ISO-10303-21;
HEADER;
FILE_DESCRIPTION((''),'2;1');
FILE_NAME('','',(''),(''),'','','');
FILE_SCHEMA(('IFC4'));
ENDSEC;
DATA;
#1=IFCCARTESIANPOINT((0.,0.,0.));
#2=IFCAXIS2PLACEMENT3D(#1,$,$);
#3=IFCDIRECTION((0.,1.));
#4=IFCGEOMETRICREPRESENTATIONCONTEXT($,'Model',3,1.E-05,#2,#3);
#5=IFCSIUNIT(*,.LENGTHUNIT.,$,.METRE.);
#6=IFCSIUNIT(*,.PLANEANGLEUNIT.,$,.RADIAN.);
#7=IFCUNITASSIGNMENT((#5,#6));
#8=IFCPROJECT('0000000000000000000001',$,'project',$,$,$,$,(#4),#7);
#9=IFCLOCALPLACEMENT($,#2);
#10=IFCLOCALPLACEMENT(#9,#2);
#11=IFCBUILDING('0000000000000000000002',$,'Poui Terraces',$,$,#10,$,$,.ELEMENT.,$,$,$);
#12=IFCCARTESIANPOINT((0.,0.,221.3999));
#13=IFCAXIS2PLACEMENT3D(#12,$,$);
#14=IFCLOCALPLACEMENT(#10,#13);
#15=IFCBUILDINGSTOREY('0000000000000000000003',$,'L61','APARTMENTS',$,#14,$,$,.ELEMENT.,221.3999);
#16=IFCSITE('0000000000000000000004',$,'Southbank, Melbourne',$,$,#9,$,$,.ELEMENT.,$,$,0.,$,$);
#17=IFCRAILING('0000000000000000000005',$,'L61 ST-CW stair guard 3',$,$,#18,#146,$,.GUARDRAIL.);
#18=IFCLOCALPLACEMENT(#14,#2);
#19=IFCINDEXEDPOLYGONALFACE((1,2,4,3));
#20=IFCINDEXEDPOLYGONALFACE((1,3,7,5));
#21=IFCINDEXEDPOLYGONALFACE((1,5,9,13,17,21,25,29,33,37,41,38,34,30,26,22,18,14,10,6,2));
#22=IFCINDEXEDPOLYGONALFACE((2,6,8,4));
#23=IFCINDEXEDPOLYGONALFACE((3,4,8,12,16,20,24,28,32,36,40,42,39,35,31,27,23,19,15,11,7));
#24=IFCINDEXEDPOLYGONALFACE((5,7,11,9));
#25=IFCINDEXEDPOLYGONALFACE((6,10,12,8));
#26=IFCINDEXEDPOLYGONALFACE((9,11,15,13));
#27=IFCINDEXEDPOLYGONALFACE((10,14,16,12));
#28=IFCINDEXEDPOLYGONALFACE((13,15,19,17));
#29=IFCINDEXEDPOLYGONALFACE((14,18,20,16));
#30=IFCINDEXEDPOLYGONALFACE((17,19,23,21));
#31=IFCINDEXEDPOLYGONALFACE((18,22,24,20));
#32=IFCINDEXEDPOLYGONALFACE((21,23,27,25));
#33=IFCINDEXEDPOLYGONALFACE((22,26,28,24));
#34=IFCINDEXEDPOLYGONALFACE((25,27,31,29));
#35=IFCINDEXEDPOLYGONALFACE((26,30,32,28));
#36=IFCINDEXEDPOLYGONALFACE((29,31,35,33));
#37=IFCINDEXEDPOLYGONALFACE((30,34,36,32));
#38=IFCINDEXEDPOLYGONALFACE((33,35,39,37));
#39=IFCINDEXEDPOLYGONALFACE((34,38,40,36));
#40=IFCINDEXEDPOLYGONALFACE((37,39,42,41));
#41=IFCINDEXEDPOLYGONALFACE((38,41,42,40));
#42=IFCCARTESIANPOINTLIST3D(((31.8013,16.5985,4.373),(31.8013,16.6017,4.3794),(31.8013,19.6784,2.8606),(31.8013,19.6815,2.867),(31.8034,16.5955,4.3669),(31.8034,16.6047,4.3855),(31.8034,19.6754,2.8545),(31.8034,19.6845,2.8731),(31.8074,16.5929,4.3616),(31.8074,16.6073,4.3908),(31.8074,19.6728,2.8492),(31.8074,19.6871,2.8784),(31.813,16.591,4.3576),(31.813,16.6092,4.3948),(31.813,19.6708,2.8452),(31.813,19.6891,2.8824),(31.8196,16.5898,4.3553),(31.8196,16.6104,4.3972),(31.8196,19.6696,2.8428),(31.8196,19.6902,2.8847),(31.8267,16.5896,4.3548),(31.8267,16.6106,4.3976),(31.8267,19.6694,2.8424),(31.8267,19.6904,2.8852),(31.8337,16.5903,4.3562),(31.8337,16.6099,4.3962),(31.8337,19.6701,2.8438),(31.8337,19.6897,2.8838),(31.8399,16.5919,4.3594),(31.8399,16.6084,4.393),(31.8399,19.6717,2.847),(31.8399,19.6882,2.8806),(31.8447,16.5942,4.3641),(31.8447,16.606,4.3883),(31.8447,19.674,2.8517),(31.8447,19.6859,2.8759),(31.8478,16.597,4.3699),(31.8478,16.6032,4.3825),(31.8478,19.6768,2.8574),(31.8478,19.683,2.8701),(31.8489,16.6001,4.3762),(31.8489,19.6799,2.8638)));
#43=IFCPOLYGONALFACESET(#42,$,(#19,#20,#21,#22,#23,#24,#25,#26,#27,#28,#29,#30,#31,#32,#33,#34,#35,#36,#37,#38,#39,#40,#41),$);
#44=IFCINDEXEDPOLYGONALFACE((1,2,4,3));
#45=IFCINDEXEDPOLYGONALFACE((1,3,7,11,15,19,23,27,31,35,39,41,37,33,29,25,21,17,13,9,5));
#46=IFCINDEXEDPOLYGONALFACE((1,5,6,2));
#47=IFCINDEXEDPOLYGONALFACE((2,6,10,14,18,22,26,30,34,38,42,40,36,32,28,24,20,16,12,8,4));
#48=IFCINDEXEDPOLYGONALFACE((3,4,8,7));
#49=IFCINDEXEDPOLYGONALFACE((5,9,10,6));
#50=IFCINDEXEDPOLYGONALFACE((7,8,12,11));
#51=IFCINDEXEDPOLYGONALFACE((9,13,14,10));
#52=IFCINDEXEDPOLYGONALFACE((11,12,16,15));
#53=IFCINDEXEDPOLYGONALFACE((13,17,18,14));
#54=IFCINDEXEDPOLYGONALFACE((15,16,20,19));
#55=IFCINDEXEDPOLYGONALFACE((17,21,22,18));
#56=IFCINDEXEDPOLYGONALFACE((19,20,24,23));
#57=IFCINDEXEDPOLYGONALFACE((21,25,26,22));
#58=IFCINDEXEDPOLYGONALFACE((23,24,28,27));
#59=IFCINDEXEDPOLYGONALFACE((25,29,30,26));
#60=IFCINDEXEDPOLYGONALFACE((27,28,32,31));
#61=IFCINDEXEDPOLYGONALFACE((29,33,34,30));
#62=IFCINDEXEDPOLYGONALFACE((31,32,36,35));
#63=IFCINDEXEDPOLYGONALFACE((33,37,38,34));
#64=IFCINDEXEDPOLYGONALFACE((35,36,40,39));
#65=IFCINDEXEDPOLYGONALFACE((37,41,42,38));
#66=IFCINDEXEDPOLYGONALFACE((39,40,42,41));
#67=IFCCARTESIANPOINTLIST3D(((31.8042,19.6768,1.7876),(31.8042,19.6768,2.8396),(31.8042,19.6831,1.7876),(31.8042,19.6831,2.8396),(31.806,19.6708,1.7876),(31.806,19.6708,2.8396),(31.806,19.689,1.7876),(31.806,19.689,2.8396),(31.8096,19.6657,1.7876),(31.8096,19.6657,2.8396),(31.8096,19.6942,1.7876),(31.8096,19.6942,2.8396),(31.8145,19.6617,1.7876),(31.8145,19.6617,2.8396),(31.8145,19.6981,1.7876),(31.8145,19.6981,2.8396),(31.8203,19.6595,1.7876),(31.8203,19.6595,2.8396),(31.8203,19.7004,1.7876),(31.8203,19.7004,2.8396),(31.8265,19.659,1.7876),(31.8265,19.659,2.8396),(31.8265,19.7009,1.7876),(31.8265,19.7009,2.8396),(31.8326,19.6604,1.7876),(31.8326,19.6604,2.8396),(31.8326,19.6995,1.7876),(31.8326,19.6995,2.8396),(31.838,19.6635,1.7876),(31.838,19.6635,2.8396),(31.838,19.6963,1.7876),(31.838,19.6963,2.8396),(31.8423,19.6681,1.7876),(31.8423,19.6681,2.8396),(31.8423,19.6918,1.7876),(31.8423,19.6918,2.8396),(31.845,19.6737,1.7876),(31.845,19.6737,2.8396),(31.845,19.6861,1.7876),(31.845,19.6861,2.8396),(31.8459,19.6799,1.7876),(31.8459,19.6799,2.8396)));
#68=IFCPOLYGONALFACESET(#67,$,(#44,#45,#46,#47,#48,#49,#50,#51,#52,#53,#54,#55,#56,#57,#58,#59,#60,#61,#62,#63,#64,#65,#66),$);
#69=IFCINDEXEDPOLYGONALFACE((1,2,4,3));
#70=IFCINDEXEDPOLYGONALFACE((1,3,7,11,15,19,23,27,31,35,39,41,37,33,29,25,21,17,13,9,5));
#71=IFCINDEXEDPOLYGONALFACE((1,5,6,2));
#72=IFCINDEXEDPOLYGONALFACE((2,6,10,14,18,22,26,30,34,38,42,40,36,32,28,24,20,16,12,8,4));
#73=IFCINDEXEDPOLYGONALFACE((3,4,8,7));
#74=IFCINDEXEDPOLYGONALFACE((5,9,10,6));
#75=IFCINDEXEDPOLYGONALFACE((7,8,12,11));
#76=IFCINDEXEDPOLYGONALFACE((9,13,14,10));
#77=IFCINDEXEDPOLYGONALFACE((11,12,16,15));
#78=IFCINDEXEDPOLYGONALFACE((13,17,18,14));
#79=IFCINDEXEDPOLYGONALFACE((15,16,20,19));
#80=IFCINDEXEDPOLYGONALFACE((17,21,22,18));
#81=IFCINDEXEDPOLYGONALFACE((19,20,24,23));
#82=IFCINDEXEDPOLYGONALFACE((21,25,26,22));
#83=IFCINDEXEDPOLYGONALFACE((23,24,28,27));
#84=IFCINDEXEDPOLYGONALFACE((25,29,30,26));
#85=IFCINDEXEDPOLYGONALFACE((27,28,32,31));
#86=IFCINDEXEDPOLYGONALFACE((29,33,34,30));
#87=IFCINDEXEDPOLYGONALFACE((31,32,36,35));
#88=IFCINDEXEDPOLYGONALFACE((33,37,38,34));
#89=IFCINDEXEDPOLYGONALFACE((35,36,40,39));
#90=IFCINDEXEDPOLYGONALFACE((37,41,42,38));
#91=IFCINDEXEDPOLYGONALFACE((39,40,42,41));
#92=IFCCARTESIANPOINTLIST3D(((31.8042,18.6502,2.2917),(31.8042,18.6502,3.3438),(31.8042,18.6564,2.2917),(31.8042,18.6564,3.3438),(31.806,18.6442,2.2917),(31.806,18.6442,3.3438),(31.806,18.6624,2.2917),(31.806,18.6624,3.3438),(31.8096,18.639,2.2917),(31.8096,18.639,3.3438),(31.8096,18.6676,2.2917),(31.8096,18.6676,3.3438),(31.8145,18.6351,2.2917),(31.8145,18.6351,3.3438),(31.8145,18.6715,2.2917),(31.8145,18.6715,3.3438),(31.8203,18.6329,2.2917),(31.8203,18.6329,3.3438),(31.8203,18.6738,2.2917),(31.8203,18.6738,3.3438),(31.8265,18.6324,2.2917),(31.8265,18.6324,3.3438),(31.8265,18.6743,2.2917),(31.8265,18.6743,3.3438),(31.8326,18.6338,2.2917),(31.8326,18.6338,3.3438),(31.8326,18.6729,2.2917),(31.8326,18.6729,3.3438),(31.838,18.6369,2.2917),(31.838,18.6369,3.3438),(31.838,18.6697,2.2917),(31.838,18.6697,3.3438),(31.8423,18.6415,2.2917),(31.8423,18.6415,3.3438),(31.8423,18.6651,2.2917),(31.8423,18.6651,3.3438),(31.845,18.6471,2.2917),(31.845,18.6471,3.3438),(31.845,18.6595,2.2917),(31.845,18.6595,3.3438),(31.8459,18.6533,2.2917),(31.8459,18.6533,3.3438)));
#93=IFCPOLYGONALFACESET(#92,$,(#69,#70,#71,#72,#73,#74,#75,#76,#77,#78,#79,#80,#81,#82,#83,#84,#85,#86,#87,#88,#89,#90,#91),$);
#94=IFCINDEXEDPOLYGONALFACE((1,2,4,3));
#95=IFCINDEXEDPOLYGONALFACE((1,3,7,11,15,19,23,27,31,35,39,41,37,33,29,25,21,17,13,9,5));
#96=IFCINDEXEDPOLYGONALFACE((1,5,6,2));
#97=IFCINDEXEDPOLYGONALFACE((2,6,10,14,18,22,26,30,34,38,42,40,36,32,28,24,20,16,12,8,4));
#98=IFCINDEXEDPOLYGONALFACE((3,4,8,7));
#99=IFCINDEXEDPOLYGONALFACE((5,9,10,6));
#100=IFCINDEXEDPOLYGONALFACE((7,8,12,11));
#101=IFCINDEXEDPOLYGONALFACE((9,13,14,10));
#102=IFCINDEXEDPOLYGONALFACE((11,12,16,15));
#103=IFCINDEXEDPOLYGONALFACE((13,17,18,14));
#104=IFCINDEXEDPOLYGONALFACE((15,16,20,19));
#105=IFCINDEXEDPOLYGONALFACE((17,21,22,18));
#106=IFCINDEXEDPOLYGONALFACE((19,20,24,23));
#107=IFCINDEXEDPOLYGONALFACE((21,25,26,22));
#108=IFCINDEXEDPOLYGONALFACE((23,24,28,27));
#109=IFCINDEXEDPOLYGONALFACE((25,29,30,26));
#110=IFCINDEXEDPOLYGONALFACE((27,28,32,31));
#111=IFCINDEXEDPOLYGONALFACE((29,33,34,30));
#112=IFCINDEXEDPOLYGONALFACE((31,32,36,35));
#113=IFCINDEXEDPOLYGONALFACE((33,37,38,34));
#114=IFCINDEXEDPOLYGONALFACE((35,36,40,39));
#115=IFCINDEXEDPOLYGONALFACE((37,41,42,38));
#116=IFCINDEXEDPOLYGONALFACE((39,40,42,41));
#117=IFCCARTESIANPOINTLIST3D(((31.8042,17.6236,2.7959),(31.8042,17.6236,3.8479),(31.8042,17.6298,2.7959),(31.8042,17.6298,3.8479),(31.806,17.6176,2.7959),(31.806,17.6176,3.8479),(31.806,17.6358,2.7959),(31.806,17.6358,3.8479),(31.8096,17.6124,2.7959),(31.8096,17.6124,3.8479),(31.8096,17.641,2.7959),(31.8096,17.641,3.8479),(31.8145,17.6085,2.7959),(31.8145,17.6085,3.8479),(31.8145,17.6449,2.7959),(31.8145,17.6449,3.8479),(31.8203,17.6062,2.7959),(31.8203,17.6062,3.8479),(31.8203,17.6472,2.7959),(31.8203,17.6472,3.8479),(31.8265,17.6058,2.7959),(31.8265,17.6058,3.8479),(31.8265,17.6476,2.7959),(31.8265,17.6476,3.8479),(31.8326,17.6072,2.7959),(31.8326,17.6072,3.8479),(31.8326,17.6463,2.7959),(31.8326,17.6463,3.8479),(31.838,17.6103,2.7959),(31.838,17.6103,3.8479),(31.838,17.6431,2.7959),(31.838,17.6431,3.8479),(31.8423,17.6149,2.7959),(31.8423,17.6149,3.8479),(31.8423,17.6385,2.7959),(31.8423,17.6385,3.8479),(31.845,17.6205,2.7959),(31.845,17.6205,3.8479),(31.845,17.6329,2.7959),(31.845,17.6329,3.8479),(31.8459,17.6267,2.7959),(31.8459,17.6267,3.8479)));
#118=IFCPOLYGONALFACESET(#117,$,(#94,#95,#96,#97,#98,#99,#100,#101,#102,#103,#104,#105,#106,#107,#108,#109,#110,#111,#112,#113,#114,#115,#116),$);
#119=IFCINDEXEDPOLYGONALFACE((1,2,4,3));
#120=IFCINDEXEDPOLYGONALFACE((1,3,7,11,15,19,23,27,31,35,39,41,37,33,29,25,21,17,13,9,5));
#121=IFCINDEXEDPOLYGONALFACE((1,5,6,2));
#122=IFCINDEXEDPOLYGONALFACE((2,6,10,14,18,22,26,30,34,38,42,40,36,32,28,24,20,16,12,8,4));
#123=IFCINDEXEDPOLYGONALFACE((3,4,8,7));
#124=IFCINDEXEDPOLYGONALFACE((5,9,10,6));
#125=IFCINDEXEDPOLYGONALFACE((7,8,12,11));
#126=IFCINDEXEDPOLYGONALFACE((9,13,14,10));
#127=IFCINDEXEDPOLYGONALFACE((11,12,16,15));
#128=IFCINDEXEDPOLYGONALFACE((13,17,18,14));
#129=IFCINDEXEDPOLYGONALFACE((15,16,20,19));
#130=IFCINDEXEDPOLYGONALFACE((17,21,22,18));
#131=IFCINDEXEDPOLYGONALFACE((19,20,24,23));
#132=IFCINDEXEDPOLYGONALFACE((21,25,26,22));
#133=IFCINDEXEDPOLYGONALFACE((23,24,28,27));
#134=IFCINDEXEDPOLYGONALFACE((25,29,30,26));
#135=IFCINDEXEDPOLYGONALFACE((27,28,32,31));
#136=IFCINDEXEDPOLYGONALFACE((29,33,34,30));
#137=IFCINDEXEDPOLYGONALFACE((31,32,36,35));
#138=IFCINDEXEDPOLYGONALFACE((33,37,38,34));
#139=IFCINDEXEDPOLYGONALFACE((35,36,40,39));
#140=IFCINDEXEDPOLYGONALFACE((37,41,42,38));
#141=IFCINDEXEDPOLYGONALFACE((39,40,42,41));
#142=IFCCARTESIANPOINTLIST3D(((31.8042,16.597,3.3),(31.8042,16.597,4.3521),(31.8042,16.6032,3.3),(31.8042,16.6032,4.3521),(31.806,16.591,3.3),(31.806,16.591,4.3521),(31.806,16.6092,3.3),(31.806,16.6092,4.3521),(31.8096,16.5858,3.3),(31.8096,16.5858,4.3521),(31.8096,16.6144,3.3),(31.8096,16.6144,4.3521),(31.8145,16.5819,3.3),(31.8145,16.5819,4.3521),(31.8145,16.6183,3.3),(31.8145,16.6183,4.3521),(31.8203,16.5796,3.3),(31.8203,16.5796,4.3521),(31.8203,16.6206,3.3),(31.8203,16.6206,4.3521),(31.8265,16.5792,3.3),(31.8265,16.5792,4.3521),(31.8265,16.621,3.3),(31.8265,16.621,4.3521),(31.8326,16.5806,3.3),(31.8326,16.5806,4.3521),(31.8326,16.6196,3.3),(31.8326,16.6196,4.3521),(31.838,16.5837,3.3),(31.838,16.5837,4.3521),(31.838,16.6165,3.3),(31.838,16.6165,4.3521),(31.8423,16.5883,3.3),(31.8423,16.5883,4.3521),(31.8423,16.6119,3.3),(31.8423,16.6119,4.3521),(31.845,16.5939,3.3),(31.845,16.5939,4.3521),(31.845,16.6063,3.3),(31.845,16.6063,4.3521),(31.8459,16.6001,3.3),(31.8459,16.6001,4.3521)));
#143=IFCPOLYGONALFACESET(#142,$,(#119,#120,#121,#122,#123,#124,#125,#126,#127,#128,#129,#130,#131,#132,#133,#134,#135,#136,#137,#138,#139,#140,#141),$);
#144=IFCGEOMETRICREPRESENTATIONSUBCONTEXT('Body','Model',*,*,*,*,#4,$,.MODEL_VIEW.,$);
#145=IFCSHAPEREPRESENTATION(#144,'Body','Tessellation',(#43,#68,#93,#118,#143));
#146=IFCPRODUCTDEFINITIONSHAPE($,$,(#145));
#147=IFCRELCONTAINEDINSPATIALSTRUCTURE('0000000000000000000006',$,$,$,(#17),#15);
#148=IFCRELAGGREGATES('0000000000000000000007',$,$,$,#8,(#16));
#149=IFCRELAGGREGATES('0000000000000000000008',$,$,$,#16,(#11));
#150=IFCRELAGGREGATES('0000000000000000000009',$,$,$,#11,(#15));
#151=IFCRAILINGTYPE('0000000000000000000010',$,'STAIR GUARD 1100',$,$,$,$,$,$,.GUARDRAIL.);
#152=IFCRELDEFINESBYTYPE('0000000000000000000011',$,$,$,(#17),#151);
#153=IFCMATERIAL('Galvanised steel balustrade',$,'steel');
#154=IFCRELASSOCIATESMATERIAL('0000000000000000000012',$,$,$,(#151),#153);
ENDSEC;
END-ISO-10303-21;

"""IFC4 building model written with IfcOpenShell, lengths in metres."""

from ifc_helpers import new_model, si_unit, direction, frame, origin, origin_2d, place, context, subcontext, project, spatial, circle, extrude, material, type_object, element, save


model = new_model("IFC4")

# Units and contexts
model_context = context("Model", 3, precision=1e-05, world=origin(), true_north=direction((0.0, 1.0)))
body_context = subcontext(model_context, "Body", "Model", "MODEL_VIEW")
ifc_project = project(units=[si_unit("LENGTHUNIT", "METRE"), si_unit("PLANEANGLEUNIT", "RADIAN")], contexts=[model_context])

# Site, building, storey
site_placement = place(None, origin())
site = spatial("IfcSite", under=ifc_project, at=site_placement, Name="Southbank, Melbourne", CompositionType="ELEMENT", RefElevation=0.0)
building_placement = place(site_placement, origin())
building = spatial("IfcBuilding", under=site, at=building_placement, Name="Poui Terraces", CompositionType="ELEMENT")
storey_placement = place(building_placement, frame((0.0, 0.0, 221.3999)))
storey = spatial("IfcBuildingStorey", under=building, at=storey_placement, Name="L61", Description="APARTMENTS", CompositionType="ELEMENT", Elevation=221.3999)

# Railing
ifc_material_1 = material(Name="Galvanised steel balustrade", Category="steel")
railing_type_1 = type_object("IfcRailingType", Name="STAIR GUARD 1100", PredefinedType="GUARDRAIL", material=ifc_material_1)
railing_1_placement = place(storey_placement, frame((31.825, 19.6799, 1.7876)))
element("IfcRailing", 1, at=railing_1_placement, inside=storey, type_object=railing_type_1, Name="L61 ST-CW stair guard 3", PredefinedType="GUARDRAIL", context=body_context, shape_type="SweptSolid", body=[
    extrude(circle(Radius=0.0239, at=origin_2d()), frame((0.0, 0.0, 1.0762), z_axis=(0.0, -0.897606, 0.440798), x_axis=(1.0, 0.0, 0.0)), (0.0, 0.0, 1.0), 3.4312),
    extrude(circle(Radius=0.021, at=origin_2d()), origin(), (0.0, 0.0, 1.0), 1.052),
    extrude(circle(Radius=0.021, at=origin_2d()), frame((0.0, -1.0266, 0.5042)), (0.0, 0.0, 1.0), 1.052),
    extrude(circle(Radius=0.021, at=origin_2d()), frame((0.0, -2.0532, 1.0083)), (0.0, 0.0, 1.0), 1.052),
    extrude(circle(Radius=0.021, at=origin_2d()), frame((0.0, -3.0798, 1.5125)), (0.0, 0.0, 1.0), 1.052),
])

save(model, "model.ifc")
